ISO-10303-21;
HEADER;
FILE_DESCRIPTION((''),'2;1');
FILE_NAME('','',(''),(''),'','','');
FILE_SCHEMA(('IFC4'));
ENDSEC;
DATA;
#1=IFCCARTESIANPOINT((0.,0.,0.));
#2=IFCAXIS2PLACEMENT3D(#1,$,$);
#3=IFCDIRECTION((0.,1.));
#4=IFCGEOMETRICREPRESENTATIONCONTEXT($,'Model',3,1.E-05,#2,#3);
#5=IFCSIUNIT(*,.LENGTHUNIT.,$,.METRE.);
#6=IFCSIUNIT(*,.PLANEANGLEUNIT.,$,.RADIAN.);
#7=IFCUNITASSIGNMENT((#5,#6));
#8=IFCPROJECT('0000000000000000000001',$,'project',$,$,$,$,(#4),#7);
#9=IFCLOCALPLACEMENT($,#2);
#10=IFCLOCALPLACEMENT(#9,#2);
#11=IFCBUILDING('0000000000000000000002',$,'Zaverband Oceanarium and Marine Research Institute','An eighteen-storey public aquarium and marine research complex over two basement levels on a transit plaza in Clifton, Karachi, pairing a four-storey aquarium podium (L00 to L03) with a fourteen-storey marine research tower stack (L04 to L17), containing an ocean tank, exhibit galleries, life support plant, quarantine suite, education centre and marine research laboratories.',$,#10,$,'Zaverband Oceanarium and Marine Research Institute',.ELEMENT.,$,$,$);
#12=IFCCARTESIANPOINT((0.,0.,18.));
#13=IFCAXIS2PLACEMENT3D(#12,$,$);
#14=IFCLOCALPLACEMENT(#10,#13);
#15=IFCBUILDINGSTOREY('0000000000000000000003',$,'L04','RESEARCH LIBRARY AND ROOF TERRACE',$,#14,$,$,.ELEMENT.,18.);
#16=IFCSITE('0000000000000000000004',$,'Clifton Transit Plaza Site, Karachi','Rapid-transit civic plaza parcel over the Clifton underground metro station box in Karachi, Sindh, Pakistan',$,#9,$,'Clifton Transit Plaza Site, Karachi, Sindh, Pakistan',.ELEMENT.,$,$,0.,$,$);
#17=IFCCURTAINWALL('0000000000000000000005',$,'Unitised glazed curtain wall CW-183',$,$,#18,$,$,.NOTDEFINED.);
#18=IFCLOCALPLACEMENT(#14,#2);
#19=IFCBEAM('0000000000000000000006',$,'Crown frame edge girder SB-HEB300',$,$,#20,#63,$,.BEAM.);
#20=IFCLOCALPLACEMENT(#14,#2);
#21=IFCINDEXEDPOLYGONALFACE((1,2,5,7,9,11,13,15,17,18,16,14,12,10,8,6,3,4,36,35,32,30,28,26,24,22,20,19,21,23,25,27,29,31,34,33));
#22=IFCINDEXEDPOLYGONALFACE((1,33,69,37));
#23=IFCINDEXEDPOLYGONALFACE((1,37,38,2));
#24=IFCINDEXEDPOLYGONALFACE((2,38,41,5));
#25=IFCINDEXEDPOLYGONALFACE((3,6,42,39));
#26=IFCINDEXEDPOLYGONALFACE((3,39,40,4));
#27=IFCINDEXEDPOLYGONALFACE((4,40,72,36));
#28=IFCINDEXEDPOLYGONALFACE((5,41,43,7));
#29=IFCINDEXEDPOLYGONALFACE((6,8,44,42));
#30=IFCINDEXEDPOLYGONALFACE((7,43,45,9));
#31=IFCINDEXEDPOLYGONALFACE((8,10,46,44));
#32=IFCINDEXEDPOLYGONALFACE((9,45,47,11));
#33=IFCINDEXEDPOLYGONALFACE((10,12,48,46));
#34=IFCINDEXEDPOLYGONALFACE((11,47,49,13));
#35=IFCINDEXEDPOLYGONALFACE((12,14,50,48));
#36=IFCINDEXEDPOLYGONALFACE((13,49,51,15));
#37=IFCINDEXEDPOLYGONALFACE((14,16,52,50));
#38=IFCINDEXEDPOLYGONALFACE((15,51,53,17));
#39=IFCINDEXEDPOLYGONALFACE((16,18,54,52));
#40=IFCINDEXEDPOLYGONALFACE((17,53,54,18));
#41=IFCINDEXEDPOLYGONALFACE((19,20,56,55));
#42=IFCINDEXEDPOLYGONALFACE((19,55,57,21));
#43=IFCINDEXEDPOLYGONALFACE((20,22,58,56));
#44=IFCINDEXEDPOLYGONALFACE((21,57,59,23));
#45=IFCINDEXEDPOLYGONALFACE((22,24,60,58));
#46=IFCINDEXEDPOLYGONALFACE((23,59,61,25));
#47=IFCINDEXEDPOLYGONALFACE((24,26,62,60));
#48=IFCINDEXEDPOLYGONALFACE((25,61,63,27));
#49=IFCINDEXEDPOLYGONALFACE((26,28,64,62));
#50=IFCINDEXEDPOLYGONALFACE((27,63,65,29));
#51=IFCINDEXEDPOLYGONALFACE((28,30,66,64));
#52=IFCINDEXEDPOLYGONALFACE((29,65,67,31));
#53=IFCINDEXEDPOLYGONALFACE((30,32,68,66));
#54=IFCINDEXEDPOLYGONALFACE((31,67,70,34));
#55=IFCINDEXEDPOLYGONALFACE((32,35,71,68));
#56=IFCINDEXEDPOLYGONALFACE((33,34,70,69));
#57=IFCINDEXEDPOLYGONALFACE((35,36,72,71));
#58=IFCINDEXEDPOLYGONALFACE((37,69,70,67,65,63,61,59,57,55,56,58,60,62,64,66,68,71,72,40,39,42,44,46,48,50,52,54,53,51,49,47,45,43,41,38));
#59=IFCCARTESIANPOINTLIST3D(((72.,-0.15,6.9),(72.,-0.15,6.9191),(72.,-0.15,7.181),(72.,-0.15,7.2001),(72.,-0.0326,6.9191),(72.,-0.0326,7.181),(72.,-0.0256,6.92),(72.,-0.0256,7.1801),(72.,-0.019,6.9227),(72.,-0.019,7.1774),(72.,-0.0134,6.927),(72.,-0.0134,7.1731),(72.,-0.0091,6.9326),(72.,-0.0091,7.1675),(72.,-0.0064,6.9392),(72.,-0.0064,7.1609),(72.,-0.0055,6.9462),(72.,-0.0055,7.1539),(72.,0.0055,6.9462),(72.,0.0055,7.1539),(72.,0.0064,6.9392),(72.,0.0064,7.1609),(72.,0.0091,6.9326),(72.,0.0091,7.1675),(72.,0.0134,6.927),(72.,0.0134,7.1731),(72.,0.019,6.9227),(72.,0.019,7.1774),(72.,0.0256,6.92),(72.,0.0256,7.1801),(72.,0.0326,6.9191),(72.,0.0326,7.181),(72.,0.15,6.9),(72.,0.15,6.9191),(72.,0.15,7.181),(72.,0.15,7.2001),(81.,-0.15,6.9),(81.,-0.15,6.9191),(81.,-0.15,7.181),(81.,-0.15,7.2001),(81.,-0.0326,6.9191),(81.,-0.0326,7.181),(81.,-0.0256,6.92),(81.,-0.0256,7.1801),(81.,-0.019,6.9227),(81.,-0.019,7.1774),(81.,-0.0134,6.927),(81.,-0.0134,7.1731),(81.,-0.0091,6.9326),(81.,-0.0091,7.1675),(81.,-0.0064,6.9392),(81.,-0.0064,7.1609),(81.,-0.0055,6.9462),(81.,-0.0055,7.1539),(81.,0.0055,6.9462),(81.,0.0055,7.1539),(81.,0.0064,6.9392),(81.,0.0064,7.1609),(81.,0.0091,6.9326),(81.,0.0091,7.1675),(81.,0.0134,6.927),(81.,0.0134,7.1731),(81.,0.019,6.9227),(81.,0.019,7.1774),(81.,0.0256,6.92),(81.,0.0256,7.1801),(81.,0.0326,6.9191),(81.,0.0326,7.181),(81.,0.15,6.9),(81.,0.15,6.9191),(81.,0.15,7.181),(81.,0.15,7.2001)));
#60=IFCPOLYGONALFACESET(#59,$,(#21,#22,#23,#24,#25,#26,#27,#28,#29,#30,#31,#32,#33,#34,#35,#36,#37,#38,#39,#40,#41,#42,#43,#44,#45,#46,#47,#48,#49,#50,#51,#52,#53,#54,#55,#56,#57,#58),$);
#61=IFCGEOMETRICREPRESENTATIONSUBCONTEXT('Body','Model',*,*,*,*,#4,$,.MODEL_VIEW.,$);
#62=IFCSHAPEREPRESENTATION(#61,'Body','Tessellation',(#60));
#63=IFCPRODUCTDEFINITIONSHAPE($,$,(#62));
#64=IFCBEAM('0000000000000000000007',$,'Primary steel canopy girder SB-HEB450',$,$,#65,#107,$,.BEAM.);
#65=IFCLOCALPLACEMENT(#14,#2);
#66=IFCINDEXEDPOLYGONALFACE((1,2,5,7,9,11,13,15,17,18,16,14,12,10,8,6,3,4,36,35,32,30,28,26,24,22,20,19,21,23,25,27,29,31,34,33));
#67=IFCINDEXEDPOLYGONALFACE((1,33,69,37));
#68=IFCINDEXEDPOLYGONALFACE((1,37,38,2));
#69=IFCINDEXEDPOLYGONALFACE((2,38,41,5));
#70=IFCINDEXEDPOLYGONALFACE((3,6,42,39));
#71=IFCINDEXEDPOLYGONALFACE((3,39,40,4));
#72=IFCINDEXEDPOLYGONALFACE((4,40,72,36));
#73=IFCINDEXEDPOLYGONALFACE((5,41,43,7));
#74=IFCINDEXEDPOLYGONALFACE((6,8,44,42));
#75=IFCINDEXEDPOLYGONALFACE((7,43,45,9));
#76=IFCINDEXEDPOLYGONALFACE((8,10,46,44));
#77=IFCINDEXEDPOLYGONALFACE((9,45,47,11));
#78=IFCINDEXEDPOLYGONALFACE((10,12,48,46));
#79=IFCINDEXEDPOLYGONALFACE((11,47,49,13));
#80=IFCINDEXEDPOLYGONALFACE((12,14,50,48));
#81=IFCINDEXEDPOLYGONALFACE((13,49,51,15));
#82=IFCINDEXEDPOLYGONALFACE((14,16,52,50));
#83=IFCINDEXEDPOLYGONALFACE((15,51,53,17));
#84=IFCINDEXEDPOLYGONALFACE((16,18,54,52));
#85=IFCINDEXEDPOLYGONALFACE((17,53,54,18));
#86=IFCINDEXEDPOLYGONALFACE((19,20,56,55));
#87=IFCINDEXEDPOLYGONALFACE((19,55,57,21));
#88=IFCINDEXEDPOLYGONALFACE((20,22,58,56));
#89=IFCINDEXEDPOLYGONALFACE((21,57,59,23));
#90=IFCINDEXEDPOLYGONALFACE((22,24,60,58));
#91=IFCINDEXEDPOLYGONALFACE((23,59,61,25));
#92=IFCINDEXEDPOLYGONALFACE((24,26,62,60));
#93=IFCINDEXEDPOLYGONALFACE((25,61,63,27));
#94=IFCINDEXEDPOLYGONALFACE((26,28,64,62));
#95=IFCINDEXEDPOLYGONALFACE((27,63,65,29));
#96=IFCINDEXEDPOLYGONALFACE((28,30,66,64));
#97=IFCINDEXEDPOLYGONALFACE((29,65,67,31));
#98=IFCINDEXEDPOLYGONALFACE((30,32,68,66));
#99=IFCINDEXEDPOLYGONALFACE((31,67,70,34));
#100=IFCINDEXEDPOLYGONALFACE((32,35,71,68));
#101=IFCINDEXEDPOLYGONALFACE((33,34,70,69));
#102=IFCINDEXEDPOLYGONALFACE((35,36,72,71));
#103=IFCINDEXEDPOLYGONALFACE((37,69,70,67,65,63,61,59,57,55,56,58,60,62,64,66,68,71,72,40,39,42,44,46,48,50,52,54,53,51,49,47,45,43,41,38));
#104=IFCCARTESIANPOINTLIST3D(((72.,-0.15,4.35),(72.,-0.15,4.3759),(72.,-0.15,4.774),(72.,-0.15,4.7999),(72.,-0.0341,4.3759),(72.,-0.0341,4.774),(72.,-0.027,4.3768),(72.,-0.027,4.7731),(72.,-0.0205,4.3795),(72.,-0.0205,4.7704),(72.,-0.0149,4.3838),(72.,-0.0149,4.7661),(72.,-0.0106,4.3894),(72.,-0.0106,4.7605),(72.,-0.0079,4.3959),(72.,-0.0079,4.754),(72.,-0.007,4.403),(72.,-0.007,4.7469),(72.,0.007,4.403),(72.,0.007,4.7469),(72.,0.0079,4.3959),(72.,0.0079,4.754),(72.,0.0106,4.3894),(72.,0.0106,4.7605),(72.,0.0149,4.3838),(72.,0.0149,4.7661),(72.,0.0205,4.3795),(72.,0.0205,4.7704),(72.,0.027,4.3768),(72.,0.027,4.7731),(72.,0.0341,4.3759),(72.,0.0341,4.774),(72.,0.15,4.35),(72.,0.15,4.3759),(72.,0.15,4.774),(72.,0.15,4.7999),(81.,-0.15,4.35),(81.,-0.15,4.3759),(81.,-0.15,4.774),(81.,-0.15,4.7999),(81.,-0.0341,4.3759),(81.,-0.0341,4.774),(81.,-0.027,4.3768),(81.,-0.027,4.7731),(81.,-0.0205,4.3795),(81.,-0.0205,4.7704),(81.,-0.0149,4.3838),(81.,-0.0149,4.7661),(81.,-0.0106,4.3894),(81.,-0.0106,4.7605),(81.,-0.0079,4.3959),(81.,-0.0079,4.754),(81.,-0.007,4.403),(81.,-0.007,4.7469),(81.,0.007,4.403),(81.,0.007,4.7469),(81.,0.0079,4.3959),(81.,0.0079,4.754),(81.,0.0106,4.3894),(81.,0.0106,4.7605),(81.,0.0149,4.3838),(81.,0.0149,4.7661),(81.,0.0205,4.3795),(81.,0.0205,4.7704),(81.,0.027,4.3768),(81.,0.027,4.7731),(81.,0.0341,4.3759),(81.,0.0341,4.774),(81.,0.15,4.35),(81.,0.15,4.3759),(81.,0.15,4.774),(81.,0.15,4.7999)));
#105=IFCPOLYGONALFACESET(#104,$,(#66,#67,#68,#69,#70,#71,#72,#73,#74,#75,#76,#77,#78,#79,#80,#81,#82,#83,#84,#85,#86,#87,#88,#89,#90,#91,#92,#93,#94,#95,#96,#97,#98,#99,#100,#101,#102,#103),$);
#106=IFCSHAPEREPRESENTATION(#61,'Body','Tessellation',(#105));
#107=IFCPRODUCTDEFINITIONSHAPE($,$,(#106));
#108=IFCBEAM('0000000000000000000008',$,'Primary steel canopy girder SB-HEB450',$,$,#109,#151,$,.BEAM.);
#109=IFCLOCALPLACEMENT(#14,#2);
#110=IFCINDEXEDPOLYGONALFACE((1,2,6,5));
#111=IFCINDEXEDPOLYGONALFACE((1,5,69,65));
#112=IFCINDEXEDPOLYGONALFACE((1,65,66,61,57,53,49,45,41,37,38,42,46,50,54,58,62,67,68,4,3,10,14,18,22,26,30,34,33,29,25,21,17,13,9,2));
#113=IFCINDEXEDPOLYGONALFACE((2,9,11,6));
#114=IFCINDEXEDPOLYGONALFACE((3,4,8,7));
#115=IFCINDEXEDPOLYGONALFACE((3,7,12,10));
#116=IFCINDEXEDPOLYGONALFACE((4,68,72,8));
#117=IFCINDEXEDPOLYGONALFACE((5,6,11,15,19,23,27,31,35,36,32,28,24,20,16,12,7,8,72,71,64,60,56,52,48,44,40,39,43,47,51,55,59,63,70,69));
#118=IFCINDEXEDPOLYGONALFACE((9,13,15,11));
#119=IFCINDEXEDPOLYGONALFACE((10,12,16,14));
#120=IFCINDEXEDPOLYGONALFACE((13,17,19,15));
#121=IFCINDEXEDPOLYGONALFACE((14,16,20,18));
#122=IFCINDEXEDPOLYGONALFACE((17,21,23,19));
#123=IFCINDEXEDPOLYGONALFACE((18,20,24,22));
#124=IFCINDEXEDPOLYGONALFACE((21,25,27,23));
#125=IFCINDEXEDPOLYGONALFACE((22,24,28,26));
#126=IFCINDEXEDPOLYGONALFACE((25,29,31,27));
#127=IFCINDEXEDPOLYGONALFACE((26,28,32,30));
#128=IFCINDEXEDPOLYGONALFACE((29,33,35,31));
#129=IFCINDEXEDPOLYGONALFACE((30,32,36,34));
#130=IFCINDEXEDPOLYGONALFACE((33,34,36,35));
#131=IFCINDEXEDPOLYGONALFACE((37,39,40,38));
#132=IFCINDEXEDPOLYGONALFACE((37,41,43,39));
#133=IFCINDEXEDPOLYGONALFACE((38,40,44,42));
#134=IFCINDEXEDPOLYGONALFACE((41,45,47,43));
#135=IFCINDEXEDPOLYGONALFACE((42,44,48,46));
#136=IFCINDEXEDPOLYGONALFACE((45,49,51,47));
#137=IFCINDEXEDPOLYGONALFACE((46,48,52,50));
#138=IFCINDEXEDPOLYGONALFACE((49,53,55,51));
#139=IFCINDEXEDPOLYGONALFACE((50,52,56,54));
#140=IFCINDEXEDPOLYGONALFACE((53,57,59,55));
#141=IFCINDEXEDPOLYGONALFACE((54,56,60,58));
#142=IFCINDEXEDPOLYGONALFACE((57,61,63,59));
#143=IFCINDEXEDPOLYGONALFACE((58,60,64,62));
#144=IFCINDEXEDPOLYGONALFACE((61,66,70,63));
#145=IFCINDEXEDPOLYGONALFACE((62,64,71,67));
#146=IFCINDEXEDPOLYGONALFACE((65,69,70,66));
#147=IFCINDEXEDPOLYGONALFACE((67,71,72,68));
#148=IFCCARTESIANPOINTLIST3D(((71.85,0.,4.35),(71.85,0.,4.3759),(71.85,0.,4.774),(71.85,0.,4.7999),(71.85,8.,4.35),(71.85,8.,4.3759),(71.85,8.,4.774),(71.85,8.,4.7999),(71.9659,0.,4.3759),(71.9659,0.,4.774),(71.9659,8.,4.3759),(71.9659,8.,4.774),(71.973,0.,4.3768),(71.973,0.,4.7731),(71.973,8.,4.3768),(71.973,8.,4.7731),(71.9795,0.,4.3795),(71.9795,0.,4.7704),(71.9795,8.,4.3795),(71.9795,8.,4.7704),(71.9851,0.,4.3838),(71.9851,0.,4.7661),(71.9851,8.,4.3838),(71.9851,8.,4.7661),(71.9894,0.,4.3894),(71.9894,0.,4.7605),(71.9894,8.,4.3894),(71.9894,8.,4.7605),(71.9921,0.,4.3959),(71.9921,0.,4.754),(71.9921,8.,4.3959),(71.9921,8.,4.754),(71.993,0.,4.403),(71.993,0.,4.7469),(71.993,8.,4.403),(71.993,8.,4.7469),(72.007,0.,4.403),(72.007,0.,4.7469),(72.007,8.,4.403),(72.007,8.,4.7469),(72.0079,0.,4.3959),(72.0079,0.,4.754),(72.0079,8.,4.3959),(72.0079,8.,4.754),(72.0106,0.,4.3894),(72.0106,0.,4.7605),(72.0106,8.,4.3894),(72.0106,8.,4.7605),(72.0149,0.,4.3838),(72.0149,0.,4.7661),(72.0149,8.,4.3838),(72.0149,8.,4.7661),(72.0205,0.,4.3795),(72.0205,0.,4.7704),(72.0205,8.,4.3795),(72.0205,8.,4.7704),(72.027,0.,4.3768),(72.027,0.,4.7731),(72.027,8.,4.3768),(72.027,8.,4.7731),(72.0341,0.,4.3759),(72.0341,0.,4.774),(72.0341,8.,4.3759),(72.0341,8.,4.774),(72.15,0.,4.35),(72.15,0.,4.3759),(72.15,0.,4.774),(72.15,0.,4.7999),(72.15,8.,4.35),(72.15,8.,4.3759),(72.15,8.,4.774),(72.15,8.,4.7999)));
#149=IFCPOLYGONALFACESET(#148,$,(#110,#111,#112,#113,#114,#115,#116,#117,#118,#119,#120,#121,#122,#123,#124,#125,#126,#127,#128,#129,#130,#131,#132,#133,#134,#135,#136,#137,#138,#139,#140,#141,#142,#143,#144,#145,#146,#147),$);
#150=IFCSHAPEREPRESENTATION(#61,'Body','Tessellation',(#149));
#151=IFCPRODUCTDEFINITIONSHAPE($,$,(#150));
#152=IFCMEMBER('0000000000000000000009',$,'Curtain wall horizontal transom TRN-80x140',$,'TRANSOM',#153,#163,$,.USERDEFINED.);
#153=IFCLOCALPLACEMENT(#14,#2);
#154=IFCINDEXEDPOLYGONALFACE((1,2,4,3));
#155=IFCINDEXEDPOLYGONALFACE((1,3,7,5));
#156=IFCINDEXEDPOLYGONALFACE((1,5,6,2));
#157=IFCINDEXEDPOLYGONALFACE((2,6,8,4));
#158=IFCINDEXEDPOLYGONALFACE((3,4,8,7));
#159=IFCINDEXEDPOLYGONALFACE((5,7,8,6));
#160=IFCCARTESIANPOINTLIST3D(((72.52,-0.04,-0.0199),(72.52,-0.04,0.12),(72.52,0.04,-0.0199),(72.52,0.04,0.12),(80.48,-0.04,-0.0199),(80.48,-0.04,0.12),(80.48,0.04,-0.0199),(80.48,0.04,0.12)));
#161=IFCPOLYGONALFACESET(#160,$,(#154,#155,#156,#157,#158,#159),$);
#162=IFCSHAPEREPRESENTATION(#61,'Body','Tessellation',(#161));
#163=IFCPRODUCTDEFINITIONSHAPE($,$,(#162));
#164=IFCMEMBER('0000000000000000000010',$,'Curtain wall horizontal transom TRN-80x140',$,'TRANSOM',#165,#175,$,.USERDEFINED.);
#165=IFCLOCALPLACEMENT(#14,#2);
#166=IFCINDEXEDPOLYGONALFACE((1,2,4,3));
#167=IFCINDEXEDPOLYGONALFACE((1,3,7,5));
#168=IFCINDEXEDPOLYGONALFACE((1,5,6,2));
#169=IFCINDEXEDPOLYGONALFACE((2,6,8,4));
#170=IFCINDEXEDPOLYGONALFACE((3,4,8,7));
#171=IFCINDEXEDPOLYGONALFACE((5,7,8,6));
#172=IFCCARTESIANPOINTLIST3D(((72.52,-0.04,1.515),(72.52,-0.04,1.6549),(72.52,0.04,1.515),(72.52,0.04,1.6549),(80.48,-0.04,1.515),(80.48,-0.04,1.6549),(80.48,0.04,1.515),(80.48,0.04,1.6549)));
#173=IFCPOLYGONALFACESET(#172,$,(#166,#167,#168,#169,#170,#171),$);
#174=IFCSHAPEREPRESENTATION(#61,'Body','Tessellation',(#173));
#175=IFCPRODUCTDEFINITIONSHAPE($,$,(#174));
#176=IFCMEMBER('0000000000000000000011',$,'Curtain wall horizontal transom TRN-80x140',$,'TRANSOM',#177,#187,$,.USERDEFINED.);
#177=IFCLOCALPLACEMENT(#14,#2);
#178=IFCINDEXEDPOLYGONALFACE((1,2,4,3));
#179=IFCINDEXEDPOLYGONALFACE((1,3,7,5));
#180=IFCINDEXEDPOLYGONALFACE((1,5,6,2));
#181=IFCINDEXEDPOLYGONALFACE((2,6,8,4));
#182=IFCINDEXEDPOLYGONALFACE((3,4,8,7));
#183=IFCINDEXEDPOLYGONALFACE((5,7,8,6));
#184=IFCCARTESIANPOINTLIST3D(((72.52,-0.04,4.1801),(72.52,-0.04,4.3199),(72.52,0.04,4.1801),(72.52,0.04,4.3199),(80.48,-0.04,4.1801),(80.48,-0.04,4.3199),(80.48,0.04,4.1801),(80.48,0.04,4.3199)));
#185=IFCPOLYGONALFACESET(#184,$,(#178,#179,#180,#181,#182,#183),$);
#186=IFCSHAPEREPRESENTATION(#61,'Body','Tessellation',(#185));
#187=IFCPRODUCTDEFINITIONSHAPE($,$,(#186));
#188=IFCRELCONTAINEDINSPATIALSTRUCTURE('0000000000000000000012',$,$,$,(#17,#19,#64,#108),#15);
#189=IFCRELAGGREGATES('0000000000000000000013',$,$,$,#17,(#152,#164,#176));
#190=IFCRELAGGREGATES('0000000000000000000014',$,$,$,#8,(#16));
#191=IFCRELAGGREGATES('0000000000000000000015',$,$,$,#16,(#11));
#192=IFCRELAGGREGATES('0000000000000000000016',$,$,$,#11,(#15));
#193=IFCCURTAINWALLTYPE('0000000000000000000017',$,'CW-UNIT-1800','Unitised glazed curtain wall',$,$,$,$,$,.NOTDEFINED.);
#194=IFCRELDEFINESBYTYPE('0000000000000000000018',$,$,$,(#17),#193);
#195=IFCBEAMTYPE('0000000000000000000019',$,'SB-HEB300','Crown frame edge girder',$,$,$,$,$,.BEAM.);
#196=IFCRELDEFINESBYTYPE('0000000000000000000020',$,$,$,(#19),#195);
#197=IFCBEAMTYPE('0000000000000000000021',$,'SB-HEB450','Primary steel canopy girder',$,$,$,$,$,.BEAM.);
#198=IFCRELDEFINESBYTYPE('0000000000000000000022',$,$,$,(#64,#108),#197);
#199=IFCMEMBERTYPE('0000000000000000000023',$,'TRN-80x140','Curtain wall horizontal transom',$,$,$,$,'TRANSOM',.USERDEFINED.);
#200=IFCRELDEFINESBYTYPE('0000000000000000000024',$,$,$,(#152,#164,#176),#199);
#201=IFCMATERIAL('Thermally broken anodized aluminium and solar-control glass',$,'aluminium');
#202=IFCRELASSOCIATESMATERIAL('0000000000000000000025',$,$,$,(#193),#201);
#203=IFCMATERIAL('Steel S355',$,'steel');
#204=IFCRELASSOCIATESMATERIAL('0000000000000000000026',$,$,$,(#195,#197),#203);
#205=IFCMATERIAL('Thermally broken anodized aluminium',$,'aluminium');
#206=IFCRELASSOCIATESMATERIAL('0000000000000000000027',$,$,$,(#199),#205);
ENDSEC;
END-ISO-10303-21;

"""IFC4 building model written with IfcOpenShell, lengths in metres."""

from ifc_helpers import new_model, si_unit, direction, frame, origin, origin_2d, place, context, subcontext, project, spatial, rectangle, i_section, extrude, material, material_profile, profile_set, type_object, element, aggregate, save


model = new_model("IFC4")

# Units and contexts
model_context = context("Model", 3, precision=1e-05, world=origin(), true_north=direction((0.0, 1.0)))
body_context = subcontext(model_context, "Body", "Model", "MODEL_VIEW")
ifc_project = project(units=[si_unit("LENGTHUNIT", "METRE"), si_unit("PLANEANGLEUNIT", "RADIAN")], contexts=[model_context])

# Site, building, storey
site_placement = place(None, origin())
site = spatial("IfcSite", under=ifc_project, at=site_placement, Name="Clifton Transit Plaza Site, Karachi", Description="Rapid-transit civic plaza parcel over the Clifton underground metro station box in Karachi, Sindh, Pakistan", LongName="Clifton Transit Plaza Site, Karachi, Sindh, Pakistan", CompositionType="ELEMENT", RefElevation=0.0)
building_placement = place(site_placement, origin())
building = spatial("IfcBuilding", under=site, at=building_placement, Name="Zaverband Oceanarium and Marine Research Institute", Description="An eighteen-storey public aquarium and marine research complex over two basement levels on a transit plaza in Clifton, Karachi, pairing a four-storey aquarium podium (L00 to L03) with a fourteen-storey marine research tower stack (L04 to L17), containing an ocean tank, exhibit galleries, life support plant, quarantine suite, education centre and marine research laboratories.", LongName="Zaverband Oceanarium and Marine Research Institute", CompositionType="ELEMENT")
storey_placement = place(building_placement, frame((0.0, 0.0, 18.0)))
storey = spatial("IfcBuildingStorey", under=building, at=storey_placement, Name="L04", Description="RESEARCH LIBRARY AND ROOF TERRACE", CompositionType="ELEMENT", Elevation=18.0)

# Shared definitions
ifc_material_1 = material(Name="Steel S355", Category="steel")

# Curtain wall
ifc_material_2 = material(Name="Thermally broken anodized aluminium and solar-control glass", Category="aluminium")
curtain_wall_type = type_object("IfcCurtainWallType", Name="CW-UNIT-1800", Description="Unitised glazed curtain wall", PredefinedType="NOTDEFINED", material=ifc_material_2)
curtain_wall_1_placement = place(storey_placement, origin())
curtain_wall_1 = element("IfcCurtainWall", 1, at=curtain_wall_1_placement, inside=storey, type_object=curtain_wall_type, Name="Unitised glazed curtain wall CW-183", PredefinedType="NOTDEFINED")
ifc_material_3 = material(Name="Thermally broken anodized aluminium", Category="aluminium")

# Beams
ifc_material_profile_1 = material_profile(ifc_material_1, i_section(OverallWidth=0.3, OverallDepth=0.3, WebThickness=0.011, FlangeThickness=0.019, FilletRadius=0.0271, at=origin_2d()), Name="HEB300")
ifc_profile_set_1 = profile_set([ifc_material_profile_1], Name="Steel S355")
beam_type_1 = type_object("IfcBeamType", Name="SB-HEB300", Description="Crown frame edge girder", PredefinedType="BEAM", material=ifc_profile_set_1)
beam_1_placement = place(storey_placement, frame((72.0, 0.0, 7.05), z_axis=(1.0, 0.0, 0.0), x_axis=(0.0, 1.0, 0.0)))
element("IfcBeam", 2, at=beam_1_placement, inside=storey, type_object=beam_type_1, Name="Crown frame edge girder SB-HEB300", PredefinedType="BEAM", context=body_context, shape_type="SweptSolid", body=[
    extrude(i_section(OverallWidth=0.3, OverallDepth=0.3, WebThickness=0.011, FlangeThickness=0.019, FilletRadius=0.0271, at=origin_2d()), origin(), (0.0, 0.0, 1.0), 9.0),
])
ifc_material_profile_2 = material_profile(ifc_material_1, i_section(OverallWidth=0.3, OverallDepth=0.45, WebThickness=0.0139, FlangeThickness=0.0259, FilletRadius=0.0271, at=origin_2d()), Name="HEB450")
ifc_profile_set_2 = profile_set([ifc_material_profile_2], Name="Steel S355")
beam_type_2 = type_object("IfcBeamType", Name="SB-HEB450", Description="Primary steel canopy girder", PredefinedType="BEAM", material=ifc_profile_set_2)
beam_2_placement = place(storey_placement, frame((72.0, 0.0, 4.575), z_axis=(1.0, 0.0, 0.0), x_axis=(0.0, 1.0, 0.0)))
element("IfcBeam", 3, at=beam_2_placement, inside=storey, type_object=beam_type_2, Name="Primary steel canopy girder SB-HEB450", PredefinedType="BEAM", context=body_context, shape_type="SweptSolid", body=[
    extrude(i_section(OverallWidth=0.3, OverallDepth=0.45, WebThickness=0.0139, FlangeThickness=0.0259, FilletRadius=0.0271, at=origin_2d()), origin(), (0.0, 0.0, 1.0), 9.0),
])
beam_3_placement = place(storey_placement, frame((72.0, 0.0, 4.575), z_axis=(0.0, 1.0, 0.0), x_axis=(-1.0, 0.0, 0.0)))
element("IfcBeam", 4, at=beam_3_placement, inside=storey, type_object=beam_type_2, Name="Primary steel canopy girder SB-HEB450", PredefinedType="BEAM", context=body_context, shape_type="SweptSolid", body=[
    extrude(i_section(OverallWidth=0.3, OverallDepth=0.45, WebThickness=0.0139, FlangeThickness=0.0259, FilletRadius=0.0271, at=origin_2d()), origin(), (0.0, 0.0, 1.0), 8.0),
])

# Members
ifc_material_profile_3 = material_profile(ifc_material_3, rectangle(XDim=0.0801, YDim=0.1399, at=origin_2d()), Name="AL-TRN-80x140")
ifc_profile_set_3 = profile_set([ifc_material_profile_3], Name="Thermally broken anodized aluminium")
member_type_1 = type_object("IfcMemberType", Name="TRN-80x140", Description="Curtain wall horizontal transom", ElementType="TRANSOM", PredefinedType="USERDEFINED", material=ifc_profile_set_3)
member_1_placement = place(storey_placement, frame((72.52, 0.0, 0.05), z_axis=(1.0, 0.0, 0.0), x_axis=(0.0, 1.0, 0.0)))
member_1 = element("IfcMember", 5, at=member_1_placement, type_object=member_type_1, Name="Curtain wall horizontal transom TRN-80x140", ObjectType="TRANSOM", PredefinedType="USERDEFINED", context=body_context, shape_type="SweptSolid", body=[
    extrude(rectangle(XDim=0.0801, YDim=0.1399, at=origin_2d()), origin(), (0.0, 0.0, 1.0), 7.96),
])
member_2_placement = place(storey_placement, frame((72.52, 0.0, 1.585), z_axis=(1.0, 0.0, 0.0), x_axis=(0.0, 1.0, 0.0)))
member_2 = element("IfcMember", 6, at=member_2_placement, type_object=member_type_1, Name="Curtain wall horizontal transom TRN-80x140", ObjectType="TRANSOM", PredefinedType="USERDEFINED", context=body_context, shape_type="SweptSolid", body=[
    extrude(rectangle(XDim=0.0801, YDim=0.1399, at=origin_2d()), origin(), (0.0, 0.0, 1.0), 7.96),
])
member_3_placement = place(storey_placement, frame((72.52, 0.0, 4.25), z_axis=(1.0, 0.0, 0.0), x_axis=(0.0, 1.0, 0.0)))
member_3 = element("IfcMember", 7, at=member_3_placement, type_object=member_type_1, Name="Curtain wall horizontal transom TRN-80x140", ObjectType="TRANSOM", PredefinedType="USERDEFINED", context=body_context, shape_type="SweptSolid", body=[
    extrude(rectangle(XDim=0.0801, YDim=0.1399, at=origin_2d()), origin(), (0.0, 0.0, 1.0), 7.96),
])

aggregate(curtain_wall_1, [member_1, member_2, member_3])

save(model, "model.ifc")
